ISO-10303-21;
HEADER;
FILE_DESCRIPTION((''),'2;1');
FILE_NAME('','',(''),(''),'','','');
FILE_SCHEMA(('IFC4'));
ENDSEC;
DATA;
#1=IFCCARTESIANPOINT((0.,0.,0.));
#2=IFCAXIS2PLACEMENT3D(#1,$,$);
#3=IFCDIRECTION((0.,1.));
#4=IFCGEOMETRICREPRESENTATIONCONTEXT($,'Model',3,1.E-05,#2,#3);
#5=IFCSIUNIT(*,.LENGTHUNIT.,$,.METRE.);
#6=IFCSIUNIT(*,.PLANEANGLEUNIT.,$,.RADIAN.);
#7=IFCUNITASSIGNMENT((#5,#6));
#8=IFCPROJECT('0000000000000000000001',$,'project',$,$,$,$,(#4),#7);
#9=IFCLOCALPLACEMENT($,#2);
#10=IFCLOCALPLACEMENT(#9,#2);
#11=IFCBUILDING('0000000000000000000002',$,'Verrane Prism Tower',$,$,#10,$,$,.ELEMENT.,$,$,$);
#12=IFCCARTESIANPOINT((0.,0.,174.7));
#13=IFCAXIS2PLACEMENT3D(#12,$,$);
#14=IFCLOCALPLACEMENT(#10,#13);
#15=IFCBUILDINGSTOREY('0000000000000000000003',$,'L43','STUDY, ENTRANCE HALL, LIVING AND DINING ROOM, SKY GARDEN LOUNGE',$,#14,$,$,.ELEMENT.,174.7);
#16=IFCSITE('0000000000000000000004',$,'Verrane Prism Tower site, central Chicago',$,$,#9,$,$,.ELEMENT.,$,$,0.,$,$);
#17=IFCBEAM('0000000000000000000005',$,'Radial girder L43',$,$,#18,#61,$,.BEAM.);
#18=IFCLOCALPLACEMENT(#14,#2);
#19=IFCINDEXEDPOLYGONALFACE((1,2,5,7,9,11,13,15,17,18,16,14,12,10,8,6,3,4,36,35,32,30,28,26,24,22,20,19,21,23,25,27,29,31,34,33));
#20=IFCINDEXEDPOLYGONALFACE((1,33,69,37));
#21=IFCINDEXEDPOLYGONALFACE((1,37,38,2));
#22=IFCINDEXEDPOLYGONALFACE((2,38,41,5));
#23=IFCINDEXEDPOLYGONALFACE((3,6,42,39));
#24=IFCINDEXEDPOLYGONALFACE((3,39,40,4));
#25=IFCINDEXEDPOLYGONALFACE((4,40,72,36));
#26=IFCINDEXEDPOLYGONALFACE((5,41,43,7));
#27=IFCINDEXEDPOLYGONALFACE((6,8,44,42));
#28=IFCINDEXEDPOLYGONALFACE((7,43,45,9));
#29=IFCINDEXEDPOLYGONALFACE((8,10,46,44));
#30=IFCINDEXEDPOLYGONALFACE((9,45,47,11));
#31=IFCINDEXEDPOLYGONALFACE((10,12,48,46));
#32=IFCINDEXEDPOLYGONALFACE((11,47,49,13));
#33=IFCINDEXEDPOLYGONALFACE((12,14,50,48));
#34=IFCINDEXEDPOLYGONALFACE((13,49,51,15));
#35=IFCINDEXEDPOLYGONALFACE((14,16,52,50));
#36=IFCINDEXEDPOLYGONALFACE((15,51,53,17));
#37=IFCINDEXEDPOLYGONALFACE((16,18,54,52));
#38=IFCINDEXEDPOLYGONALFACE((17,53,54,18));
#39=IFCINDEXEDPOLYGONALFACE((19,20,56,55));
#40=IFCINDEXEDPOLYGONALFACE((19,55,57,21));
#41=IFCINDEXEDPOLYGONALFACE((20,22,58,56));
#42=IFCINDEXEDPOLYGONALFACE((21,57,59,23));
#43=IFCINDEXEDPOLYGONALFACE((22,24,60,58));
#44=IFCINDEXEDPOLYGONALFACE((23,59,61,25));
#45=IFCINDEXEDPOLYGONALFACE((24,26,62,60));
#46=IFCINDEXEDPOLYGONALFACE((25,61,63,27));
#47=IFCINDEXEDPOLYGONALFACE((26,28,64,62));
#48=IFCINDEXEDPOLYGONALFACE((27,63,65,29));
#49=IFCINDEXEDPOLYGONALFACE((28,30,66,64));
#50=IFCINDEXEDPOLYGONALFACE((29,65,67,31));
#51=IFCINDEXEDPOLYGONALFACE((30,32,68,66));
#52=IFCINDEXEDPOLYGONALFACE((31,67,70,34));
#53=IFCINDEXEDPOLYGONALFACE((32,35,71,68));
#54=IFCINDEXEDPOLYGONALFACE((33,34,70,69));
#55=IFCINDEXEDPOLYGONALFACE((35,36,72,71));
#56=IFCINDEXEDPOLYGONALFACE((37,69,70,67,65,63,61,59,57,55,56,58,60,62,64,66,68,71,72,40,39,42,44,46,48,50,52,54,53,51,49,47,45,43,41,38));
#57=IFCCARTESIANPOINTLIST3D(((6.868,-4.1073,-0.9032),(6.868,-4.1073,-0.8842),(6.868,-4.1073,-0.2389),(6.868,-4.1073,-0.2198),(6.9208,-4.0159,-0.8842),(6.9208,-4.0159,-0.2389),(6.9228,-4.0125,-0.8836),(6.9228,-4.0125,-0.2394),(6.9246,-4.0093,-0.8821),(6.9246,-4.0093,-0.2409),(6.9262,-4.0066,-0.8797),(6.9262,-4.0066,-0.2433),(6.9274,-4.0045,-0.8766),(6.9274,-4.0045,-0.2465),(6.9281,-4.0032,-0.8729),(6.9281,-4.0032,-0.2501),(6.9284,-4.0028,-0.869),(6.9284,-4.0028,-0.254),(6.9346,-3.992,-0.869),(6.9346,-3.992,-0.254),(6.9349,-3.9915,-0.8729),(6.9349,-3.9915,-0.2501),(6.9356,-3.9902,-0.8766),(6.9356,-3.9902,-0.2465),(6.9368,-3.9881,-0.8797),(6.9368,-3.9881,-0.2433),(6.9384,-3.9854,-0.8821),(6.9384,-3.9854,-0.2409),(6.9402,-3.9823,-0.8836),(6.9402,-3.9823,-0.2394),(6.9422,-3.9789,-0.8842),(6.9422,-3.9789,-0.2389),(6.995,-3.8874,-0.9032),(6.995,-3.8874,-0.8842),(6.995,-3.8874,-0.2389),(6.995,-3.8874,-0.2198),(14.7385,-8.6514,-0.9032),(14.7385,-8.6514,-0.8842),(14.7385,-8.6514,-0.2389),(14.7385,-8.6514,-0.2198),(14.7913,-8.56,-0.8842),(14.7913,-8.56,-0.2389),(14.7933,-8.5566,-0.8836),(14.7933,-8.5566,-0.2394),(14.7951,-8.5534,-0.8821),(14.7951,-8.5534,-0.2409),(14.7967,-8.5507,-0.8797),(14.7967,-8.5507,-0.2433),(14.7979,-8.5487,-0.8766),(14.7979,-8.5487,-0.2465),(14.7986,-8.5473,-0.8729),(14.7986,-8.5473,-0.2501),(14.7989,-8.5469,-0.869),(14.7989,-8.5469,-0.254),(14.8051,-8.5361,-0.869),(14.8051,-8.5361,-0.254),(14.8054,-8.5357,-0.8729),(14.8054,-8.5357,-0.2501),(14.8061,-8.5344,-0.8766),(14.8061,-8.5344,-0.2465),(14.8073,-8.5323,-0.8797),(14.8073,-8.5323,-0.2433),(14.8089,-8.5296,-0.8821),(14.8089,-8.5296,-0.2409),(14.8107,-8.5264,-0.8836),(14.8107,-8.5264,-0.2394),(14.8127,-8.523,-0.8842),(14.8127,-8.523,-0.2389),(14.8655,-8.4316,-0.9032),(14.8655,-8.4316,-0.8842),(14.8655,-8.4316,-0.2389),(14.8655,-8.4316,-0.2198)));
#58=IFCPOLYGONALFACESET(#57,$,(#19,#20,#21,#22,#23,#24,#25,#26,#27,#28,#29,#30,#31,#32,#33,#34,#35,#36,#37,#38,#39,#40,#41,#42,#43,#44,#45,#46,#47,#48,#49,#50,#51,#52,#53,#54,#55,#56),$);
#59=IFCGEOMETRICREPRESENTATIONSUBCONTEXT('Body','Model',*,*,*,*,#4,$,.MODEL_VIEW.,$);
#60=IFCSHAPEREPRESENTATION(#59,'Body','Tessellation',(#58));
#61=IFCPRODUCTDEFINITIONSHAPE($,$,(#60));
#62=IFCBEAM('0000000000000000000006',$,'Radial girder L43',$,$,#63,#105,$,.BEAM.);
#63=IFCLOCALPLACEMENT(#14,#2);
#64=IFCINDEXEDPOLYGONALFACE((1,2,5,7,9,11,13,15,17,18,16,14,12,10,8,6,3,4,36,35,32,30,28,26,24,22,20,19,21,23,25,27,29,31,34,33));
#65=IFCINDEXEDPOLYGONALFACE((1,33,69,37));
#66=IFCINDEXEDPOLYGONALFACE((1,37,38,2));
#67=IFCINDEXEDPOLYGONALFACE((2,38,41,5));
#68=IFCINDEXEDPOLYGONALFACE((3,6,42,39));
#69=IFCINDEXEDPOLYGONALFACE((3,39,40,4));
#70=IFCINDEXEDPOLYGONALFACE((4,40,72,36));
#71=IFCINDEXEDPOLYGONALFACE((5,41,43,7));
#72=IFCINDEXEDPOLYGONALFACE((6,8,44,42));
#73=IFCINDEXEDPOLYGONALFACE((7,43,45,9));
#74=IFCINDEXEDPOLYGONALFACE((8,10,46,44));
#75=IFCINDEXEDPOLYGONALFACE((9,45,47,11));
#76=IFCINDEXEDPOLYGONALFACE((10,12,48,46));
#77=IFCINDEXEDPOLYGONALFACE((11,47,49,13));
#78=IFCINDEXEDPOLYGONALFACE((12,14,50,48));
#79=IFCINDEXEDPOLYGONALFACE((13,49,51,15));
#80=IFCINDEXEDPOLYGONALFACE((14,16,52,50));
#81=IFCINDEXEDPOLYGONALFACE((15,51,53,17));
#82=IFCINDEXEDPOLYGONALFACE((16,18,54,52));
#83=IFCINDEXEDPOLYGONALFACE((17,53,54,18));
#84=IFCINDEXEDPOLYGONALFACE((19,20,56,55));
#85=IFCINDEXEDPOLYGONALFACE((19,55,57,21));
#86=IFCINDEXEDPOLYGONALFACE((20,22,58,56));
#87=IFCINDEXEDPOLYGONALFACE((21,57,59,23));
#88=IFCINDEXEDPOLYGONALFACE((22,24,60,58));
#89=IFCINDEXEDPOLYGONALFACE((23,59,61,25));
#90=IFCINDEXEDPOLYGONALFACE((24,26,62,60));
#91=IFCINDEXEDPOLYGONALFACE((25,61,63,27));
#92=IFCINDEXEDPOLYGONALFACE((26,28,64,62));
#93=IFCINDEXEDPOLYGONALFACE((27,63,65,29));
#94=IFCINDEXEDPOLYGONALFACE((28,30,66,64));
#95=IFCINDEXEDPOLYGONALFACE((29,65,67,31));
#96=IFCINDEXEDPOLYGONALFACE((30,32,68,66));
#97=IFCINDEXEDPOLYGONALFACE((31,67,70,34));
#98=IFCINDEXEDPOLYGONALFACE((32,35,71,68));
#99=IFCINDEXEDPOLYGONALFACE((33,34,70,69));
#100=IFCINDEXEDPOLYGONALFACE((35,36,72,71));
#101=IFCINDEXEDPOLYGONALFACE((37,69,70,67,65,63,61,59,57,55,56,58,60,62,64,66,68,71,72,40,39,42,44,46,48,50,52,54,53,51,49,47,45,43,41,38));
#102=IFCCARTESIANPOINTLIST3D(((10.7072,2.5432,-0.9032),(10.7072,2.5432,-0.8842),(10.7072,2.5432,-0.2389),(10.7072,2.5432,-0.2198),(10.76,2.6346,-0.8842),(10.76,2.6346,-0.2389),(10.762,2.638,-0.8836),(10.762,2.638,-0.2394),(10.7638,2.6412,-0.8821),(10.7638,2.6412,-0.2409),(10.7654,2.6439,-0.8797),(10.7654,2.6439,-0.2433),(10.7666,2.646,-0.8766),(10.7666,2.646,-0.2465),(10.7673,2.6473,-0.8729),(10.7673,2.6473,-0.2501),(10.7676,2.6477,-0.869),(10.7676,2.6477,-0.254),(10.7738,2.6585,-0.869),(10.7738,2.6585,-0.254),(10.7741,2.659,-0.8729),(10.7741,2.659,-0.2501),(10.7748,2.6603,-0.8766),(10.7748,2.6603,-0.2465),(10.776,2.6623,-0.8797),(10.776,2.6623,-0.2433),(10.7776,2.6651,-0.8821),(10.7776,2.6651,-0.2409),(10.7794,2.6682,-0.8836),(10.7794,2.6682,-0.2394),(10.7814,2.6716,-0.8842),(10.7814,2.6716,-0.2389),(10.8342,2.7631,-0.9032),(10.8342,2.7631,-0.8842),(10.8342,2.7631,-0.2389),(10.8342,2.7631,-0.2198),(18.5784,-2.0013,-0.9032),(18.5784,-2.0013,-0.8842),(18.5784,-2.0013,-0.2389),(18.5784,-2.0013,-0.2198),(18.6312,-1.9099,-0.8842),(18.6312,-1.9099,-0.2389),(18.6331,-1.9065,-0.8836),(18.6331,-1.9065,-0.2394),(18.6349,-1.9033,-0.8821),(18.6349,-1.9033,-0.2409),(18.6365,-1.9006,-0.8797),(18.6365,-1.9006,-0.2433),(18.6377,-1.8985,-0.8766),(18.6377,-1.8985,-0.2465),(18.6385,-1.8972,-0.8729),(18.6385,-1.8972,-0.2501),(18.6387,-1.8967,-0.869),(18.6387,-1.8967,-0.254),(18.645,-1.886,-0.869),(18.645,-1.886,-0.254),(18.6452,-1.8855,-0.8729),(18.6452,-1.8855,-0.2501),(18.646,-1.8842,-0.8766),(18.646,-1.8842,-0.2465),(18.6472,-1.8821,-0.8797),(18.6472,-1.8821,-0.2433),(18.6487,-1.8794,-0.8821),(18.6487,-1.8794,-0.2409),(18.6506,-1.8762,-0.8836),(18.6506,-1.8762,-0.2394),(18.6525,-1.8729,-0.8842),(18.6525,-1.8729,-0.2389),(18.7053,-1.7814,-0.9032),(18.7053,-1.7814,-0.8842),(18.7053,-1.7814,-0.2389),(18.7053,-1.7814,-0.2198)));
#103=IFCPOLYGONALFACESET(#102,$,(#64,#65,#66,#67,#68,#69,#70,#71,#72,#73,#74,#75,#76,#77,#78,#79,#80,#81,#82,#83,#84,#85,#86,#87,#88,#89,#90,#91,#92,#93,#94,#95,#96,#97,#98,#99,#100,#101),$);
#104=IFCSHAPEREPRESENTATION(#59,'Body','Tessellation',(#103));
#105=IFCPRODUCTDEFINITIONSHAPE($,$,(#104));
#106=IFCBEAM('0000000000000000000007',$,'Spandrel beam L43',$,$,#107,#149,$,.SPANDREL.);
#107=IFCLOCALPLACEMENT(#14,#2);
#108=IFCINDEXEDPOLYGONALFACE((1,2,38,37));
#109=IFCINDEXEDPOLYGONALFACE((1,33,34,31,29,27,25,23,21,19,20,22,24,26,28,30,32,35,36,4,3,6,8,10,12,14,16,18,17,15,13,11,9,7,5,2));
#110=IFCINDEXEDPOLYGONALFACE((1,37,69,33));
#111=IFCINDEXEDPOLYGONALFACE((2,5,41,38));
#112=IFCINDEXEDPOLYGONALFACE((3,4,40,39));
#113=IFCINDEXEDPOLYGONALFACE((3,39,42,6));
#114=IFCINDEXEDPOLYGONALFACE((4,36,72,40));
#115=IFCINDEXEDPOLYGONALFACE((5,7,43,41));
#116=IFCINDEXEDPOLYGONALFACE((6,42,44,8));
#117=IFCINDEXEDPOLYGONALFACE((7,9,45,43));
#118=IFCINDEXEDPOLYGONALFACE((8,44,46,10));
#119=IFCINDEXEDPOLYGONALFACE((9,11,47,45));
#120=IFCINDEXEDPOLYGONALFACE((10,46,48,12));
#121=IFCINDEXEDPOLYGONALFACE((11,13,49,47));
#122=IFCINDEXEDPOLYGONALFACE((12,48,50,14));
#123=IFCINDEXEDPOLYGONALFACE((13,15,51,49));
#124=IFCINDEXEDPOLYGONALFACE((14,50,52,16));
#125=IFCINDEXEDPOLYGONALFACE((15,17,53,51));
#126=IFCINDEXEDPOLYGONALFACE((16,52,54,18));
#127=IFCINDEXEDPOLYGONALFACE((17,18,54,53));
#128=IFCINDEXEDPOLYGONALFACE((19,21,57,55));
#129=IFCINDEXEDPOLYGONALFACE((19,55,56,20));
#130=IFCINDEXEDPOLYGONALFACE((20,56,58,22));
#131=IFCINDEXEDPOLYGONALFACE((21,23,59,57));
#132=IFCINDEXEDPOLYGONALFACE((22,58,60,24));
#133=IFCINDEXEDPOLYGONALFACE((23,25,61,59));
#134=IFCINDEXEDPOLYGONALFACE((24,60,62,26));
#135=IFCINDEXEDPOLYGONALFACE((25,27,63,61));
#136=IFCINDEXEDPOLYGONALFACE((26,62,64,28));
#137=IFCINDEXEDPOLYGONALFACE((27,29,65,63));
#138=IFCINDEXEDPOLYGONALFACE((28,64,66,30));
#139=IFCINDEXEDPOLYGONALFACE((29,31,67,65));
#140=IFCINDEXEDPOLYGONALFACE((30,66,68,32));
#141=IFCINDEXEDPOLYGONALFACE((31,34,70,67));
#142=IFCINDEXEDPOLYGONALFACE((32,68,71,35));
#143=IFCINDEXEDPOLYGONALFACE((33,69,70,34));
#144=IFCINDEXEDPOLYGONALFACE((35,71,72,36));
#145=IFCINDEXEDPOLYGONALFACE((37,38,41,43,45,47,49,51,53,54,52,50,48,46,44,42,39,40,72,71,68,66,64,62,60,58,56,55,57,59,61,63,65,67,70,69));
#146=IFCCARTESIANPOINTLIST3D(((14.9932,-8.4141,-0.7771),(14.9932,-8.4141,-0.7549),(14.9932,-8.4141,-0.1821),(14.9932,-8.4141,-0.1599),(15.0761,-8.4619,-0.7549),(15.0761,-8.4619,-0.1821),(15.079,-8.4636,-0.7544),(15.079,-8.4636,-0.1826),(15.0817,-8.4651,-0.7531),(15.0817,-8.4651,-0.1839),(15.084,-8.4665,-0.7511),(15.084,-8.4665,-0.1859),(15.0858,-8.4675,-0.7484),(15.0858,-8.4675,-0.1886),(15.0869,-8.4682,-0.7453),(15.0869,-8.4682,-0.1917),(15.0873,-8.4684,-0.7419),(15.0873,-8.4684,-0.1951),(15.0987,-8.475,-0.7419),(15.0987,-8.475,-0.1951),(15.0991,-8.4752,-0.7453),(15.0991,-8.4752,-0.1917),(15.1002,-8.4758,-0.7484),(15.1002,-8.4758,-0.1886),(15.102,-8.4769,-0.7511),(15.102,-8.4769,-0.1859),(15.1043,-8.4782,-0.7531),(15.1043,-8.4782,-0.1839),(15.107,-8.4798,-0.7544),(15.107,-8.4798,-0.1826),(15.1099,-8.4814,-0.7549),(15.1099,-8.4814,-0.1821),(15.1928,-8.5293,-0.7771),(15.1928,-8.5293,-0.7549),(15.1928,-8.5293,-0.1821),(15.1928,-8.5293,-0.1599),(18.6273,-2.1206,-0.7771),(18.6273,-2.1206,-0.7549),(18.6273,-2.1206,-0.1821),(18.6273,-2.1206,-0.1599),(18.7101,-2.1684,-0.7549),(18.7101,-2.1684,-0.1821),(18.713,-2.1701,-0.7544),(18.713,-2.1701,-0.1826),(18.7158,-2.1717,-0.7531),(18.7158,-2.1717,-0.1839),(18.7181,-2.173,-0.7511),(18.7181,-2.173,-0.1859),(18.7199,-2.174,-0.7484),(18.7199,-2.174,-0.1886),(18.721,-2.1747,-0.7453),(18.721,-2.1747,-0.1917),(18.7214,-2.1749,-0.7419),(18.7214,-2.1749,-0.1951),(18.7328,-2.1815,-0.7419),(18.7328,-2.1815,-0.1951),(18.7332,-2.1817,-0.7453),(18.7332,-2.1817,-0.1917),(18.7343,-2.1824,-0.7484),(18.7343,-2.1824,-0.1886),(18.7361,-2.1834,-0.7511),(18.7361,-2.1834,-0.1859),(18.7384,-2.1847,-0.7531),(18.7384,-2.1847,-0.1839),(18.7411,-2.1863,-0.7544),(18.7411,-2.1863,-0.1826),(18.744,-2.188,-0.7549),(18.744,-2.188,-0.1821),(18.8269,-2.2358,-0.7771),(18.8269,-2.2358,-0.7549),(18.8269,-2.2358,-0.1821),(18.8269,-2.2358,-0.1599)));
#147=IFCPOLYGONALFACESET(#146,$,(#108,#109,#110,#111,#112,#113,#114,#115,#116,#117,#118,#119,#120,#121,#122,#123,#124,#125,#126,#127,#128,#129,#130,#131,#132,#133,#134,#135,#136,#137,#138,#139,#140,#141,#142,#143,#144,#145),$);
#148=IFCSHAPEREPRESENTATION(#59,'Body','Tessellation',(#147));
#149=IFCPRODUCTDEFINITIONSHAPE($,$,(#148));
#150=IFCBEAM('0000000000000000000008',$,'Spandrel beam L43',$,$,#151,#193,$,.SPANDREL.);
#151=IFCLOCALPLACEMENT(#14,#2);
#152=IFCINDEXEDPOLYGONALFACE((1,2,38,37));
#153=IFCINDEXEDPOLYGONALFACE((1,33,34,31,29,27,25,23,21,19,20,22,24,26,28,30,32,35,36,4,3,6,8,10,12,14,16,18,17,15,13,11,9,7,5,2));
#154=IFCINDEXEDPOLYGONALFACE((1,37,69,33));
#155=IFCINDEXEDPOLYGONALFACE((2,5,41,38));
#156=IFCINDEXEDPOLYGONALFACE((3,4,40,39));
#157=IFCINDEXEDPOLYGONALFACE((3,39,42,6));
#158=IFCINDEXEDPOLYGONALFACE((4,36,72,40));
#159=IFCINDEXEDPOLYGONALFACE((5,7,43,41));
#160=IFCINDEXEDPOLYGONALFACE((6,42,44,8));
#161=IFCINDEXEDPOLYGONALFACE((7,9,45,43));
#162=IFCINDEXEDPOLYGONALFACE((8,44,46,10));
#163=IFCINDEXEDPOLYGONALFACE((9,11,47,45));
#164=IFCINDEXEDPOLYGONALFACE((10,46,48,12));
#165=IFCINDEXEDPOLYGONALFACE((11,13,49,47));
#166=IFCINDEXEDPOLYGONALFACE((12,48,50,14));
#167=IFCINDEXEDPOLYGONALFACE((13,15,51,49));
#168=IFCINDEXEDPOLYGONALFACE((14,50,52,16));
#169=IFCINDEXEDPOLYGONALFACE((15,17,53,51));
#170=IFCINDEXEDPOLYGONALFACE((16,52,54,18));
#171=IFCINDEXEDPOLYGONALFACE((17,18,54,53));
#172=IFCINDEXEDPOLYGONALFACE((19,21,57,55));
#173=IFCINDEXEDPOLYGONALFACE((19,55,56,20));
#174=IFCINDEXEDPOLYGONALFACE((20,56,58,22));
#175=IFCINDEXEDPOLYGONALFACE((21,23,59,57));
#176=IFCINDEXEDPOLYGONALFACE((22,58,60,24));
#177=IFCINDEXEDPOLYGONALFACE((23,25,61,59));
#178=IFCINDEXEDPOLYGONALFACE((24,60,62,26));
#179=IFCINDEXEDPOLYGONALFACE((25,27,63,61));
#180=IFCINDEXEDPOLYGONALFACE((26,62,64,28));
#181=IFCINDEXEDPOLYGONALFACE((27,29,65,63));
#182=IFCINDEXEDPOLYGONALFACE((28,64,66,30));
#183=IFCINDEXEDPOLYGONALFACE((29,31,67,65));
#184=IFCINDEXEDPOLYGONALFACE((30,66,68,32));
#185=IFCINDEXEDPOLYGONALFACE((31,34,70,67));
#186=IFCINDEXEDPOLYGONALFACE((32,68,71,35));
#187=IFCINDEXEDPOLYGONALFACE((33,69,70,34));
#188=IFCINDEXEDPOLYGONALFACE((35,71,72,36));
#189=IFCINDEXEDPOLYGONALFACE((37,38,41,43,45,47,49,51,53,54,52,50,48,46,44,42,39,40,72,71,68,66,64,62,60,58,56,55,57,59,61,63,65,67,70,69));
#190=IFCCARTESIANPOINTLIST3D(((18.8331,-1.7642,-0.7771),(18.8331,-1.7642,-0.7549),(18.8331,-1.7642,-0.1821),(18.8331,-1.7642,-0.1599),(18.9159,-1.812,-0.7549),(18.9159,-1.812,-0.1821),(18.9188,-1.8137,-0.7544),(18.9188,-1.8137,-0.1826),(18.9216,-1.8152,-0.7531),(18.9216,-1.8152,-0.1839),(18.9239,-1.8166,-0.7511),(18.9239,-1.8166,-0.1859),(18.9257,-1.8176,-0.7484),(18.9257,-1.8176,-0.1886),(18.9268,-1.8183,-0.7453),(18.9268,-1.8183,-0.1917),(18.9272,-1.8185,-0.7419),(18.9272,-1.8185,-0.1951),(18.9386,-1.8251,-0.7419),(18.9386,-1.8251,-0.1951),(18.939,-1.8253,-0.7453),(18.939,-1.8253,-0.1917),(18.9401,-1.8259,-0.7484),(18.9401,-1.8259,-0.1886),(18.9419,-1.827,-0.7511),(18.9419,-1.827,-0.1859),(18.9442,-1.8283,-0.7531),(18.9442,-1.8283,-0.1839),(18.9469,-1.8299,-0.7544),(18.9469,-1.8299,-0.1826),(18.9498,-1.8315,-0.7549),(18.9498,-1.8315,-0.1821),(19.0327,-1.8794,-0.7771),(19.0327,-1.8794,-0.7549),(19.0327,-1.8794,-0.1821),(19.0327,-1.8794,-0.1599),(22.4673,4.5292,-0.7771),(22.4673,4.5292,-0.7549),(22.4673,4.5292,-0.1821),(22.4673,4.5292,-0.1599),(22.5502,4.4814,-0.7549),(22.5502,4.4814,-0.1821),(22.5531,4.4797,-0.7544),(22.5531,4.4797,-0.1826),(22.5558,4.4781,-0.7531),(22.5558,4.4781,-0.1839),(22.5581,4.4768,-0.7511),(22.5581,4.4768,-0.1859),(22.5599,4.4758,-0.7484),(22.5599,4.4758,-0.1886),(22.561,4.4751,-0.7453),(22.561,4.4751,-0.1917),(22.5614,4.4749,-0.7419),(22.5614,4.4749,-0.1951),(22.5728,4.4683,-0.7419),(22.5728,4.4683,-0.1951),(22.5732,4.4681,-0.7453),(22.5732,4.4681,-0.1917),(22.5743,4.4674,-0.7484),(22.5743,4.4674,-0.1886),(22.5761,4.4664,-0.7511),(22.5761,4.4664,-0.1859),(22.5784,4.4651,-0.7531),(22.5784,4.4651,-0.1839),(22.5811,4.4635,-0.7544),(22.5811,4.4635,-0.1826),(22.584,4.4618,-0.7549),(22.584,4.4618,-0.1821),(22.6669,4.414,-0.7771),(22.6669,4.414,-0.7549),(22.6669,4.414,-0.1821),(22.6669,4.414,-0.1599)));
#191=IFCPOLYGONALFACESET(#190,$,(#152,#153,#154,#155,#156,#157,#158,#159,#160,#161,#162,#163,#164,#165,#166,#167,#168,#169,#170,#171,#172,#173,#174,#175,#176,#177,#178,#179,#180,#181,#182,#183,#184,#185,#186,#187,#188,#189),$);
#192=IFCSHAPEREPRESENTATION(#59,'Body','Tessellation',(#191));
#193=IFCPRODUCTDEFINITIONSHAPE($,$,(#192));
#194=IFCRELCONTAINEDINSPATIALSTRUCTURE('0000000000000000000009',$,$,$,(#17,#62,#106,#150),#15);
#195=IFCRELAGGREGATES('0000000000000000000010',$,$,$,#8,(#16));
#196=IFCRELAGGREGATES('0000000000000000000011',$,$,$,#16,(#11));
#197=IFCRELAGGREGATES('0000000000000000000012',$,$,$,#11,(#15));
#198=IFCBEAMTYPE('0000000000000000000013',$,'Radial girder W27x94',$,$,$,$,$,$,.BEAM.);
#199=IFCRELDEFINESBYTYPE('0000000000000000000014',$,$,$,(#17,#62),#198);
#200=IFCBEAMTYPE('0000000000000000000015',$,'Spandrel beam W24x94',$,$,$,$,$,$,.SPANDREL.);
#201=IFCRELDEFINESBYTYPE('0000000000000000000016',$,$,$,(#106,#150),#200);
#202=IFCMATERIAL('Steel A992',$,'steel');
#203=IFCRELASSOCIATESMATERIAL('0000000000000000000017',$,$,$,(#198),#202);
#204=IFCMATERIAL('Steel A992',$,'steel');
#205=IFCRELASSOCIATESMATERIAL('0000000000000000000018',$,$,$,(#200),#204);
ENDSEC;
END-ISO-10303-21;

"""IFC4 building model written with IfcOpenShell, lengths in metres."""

from ifc_helpers import new_model, si_unit, direction, frame, origin, origin_2d, place, context, subcontext, project, spatial, i_section, extrude, material, material_profile, profile_set, type_object, element, save


model = new_model("IFC4")

# Units and contexts
model_context = context("Model", 3, precision=1e-05, world=origin(), true_north=direction((0.0, 1.0)))
body_context = subcontext(model_context, "Body", "Model", "MODEL_VIEW")
ifc_project = project(units=[si_unit("LENGTHUNIT", "METRE"), si_unit("PLANEANGLEUNIT", "RADIAN")], contexts=[model_context])

# Site, building, storey
site_placement = place(None, origin())
site = spatial("IfcSite", under=ifc_project, at=site_placement, Name="Verrane Prism Tower site, central Chicago", CompositionType="ELEMENT", RefElevation=0.0)
building_placement = place(site_placement, origin())
building = spatial("IfcBuilding", under=site, at=building_placement, Name="Verrane Prism Tower", CompositionType="ELEMENT")
storey_placement = place(building_placement, frame((0.0, 0.0, 174.7)))
storey = spatial("IfcBuildingStorey", under=building, at=storey_placement, Name="L43", Description="STUDY, ENTRANCE HALL, LIVING AND DINING ROOM, SKY GARDEN LOUNGE", CompositionType="ELEMENT", Elevation=174.7)

# Beams
ifc_material_1 = material(Name="Steel A992", Category="steel")
ifc_material_profile_1 = material_profile(ifc_material_1, i_section(OverallWidth=0.2539, OverallDepth=0.6833, WebThickness=0.0125, FlangeThickness=0.019, FilletRadius=0.0151, at=origin_2d()), Name="W27x94")
ifc_profile_set_1 = profile_set([ifc_material_profile_1], Name="Steel A992")
beam_type_1 = type_object("IfcBeamType", Name="Radial girder W27x94", PredefinedType="BEAM", material=ifc_profile_set_1)
beam_1_placement = place(storey_placement, frame((14.802, -8.5415, -0.5615), z_axis=(-0.866021, 0.500008, 0.0), x_axis=(-0.500008, -0.866021, 0.0)))
element("IfcBeam", 1, at=beam_1_placement, inside=storey, type_object=beam_type_1, Name="Radial girder L43", PredefinedType="BEAM", context=body_context, shape_type="SweptSolid", body=[
    extrude(i_section(OverallWidth=0.2539, OverallDepth=0.6833, WebThickness=0.0125, FlangeThickness=0.019, FilletRadius=0.0151, at=origin_2d()), origin(), (0.0, 0.0, 1.0), 9.0881),
])
beam_2_placement = place(storey_placement, frame((18.6418, -1.8914, -0.5615), z_axis=(-0.866023, 0.500005, 0.0), x_axis=(-0.500005, -0.866023, 0.0)))
element("IfcBeam", 2, at=beam_2_placement, inside=storey, type_object=beam_type_1, Name="Radial girder L43", PredefinedType="BEAM", context=body_context, shape_type="SweptSolid", body=[
    extrude(i_section(OverallWidth=0.2539, OverallDepth=0.6833, WebThickness=0.0125, FlangeThickness=0.019, FilletRadius=0.0151, at=origin_2d()), origin(), (0.0, 0.0, 1.0), 9.0889),
])
ifc_material_2 = material(Name="Steel A992", Category="steel")
ifc_material_profile_2 = material_profile(ifc_material_2, i_section(OverallWidth=0.2305, OverallDepth=0.6172, WebThickness=0.0132, FlangeThickness=0.0222, FilletRadius=0.0129, at=origin_2d()), Name="W24x94")
ifc_profile_set_2 = profile_set([ifc_material_profile_2], Name="Steel A992")
beam_type_2 = type_object("IfcBeamType", Name="Spandrel beam W24x94", PredefinedType="SPANDREL", material=ifc_profile_set_2)
for number, where, z_axis, x_axis, name in (
    (3, (15.093, -8.4717, -0.4685), (0.500052, 0.865995, 0.0), (-0.865995, 0.500052, 0.0), "Spandrel beam L43"),
    (4, (18.9329, -1.8218, -0.4685), (0.500077, 0.865981, 0.0), (-0.865981, 0.500077, 0.0), "Spandrel beam L43"),
):
    element("IfcBeam", number, at=place(storey_placement, frame(where, z_axis=z_axis, x_axis=x_axis)), inside=storey, type_object=beam_type_2, Name=name, PredefinedType="SPANDREL", context=body_context, shape_type="SweptSolid", body=[
        extrude(i_section(OverallWidth=0.2305, OverallDepth=0.6172, WebThickness=0.0132, FlangeThickness=0.0222, FilletRadius=0.0129, at=origin_2d()), origin(), (0.0, 0.0, 1.0), 7.2673),
    ])

save(model, "model.ifc")
